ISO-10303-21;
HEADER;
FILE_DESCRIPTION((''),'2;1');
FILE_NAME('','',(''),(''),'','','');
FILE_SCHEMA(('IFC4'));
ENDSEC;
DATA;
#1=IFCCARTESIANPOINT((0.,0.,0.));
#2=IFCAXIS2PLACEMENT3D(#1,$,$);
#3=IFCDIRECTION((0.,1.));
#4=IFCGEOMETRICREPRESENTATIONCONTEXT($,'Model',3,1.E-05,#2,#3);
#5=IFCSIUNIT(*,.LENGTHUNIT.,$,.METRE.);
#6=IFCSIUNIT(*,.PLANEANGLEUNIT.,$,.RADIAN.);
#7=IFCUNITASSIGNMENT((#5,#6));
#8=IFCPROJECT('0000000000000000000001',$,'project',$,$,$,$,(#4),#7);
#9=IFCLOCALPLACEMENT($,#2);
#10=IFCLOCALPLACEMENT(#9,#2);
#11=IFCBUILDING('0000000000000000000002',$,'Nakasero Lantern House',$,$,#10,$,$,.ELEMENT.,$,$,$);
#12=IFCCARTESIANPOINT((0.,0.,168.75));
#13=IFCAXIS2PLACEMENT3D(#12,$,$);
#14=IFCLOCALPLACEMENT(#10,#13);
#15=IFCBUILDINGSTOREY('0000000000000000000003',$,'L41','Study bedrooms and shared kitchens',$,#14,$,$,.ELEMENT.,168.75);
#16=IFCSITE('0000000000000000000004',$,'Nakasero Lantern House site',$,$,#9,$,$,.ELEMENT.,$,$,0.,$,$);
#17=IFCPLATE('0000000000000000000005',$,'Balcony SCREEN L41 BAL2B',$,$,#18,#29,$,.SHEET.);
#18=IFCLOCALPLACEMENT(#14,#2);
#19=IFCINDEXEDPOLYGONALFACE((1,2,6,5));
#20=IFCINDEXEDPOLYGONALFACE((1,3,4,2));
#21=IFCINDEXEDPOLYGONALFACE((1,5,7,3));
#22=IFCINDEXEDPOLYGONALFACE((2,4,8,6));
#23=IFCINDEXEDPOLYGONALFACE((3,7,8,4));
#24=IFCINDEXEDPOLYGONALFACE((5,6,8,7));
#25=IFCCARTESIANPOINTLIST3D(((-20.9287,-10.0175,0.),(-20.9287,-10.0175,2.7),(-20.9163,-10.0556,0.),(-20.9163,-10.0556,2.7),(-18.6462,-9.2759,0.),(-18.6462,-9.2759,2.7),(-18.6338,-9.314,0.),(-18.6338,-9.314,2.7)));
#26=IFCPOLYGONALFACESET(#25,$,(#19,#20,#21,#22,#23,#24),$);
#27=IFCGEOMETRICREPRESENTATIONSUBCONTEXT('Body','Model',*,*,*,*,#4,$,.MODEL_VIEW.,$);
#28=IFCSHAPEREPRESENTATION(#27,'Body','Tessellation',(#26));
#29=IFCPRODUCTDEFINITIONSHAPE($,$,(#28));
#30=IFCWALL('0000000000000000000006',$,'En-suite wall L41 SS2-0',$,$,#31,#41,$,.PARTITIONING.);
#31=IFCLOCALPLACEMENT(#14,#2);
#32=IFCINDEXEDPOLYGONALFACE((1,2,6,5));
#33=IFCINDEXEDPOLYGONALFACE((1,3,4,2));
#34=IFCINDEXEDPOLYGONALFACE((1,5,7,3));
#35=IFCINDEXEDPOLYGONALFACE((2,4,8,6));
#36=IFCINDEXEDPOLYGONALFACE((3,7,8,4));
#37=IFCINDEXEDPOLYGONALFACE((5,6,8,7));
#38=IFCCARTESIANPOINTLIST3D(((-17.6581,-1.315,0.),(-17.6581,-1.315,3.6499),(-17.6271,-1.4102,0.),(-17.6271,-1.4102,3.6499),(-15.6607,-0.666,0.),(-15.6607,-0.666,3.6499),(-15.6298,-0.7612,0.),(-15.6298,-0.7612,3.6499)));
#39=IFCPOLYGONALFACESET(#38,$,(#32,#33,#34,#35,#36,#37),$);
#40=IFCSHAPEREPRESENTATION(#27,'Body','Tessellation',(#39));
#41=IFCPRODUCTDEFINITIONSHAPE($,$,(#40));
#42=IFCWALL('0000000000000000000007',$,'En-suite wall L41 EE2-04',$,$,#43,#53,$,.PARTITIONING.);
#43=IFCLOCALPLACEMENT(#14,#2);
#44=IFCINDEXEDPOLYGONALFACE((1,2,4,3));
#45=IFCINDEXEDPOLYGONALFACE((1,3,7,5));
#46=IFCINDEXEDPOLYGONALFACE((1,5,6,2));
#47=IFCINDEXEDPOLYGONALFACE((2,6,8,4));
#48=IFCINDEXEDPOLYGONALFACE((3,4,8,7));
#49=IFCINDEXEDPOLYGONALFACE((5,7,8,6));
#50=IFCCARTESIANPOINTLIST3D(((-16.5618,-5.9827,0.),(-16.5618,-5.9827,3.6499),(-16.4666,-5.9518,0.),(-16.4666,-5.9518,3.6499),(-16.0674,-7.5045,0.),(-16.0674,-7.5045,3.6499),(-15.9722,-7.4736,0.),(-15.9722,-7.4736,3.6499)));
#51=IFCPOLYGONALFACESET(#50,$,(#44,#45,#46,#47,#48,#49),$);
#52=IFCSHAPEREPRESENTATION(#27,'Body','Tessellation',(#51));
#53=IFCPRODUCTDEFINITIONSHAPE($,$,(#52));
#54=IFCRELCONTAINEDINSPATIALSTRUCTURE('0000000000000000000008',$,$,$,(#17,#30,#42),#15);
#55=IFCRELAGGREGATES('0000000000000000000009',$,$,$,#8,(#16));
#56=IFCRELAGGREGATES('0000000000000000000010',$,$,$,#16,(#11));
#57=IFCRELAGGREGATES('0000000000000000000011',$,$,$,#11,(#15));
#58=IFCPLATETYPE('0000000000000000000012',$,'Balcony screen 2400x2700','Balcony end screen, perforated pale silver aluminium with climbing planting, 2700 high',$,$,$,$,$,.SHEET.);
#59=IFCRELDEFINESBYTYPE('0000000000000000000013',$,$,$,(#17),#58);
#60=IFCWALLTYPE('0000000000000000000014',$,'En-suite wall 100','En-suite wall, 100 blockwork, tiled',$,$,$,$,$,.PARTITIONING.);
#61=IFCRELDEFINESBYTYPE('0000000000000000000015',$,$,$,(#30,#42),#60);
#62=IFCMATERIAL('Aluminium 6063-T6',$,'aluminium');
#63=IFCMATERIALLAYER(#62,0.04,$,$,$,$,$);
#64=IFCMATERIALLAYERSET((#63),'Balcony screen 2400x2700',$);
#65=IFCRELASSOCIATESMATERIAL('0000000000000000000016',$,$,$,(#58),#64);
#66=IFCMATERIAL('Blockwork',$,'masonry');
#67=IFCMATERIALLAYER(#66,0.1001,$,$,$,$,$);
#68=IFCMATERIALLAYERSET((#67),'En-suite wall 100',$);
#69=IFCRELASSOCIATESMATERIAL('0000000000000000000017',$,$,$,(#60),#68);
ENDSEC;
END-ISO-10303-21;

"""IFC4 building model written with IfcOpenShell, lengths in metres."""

from ifc_helpers import new_model, si_unit, direction, frame, frame_2d, origin, origin_2d, place, context, subcontext, project, spatial, rectangle, extrude, material, layer, layer_set, type_object, element, save


model = new_model("IFC4")

# Units and contexts
model_context = context("Model", 3, precision=1e-05, world=origin(), true_north=direction((0.0, 1.0)))
body_context = subcontext(model_context, "Body", "Model", "MODEL_VIEW")
ifc_project = project(units=[si_unit("LENGTHUNIT", "METRE"), si_unit("PLANEANGLEUNIT", "RADIAN")], contexts=[model_context])

# Site, building, storey
site_placement = place(None, origin())
site = spatial("IfcSite", under=ifc_project, at=site_placement, Name="Nakasero Lantern House site", CompositionType="ELEMENT", RefElevation=0.0)
building_placement = place(site_placement, origin())
building = spatial("IfcBuilding", under=site, at=building_placement, Name="Nakasero Lantern House", CompositionType="ELEMENT")
storey_placement = place(building_placement, frame((0.0, 0.0, 168.75)))
storey = spatial("IfcBuildingStorey", under=building, at=storey_placement, Name="L41", Description="Study bedrooms and shared kitchens", CompositionType="ELEMENT", Elevation=168.75)

# Plate
ifc_material_1 = material(Name="Aluminium 6063-T6", Category="aluminium")
ifc_layer_1 = layer(ifc_material_1, 0.04)
ifc_layer_set_1 = layer_set([ifc_layer_1], Name="Balcony screen 2400x2700")
plate_type_1 = type_object("IfcPlateType", Name="Balcony screen 2400x2700", Description="Balcony end screen, perforated pale silver aluminium with climbing planting, 2700 high", PredefinedType="SHEET", material=ifc_layer_set_1)
for number, where, z_axis, x_axis, name in (
    (1, (-19.7812, -9.6658, 0.0), (0.0, 0.0, 1.0), (-0.951057, -0.309017, 0.0), "Balcony SCREEN L41 BAL2B"),
):
    element("IfcPlate", number, at=place(storey_placement, frame(where, z_axis=z_axis, x_axis=x_axis)), inside=storey, type_object=plate_type_1, Name=name, PredefinedType="SHEET", context=body_context, shape_type="SweptSolid", body=[
        extrude(rectangle(XDim=2.3999, YDim=0.04, at=origin_2d()), origin(), (0.0, 0.0, 1.0), 2.7),
    ])

# Walls
ifc_material_2 = material(Name="Blockwork", Category="masonry")
ifc_layer_2 = layer(ifc_material_2, 0.1001)
ifc_layer_set_2 = layer_set([ifc_layer_2], Name="En-suite wall 100")
wall_type = type_object("IfcWallType", Name="En-suite wall 100", Description="En-suite wall, 100 blockwork, tiled", PredefinedType="PARTITIONING", material=ifc_layer_set_2)
wall_1_placement = place(storey_placement, frame((-15.6453, -0.7136, 0.0), z_axis=(0.0, 0.0, 1.0), x_axis=(-0.951062, -0.308999, 0.0)))
element("IfcWall", 2, at=wall_1_placement, inside=storey, type_object=wall_type, Name="En-suite wall L41 SS2-0", PredefinedType="PARTITIONING", context=body_context, shape_type="SweptSolid", body=[
    extrude(rectangle(XDim=2.1001, YDim=0.1001, at=frame_2d((1.05, 0.0))), origin(), (0.0, 0.0, 1.0), 3.6499),
])
wall_2_placement = place(storey_placement, frame((-16.5142, -5.9673, 0.0), z_axis=(0.0, 0.0, 1.0), x_axis=(0.308986, -0.951067, 0.0)))
element("IfcWall", 3, at=wall_2_placement, inside=storey, type_object=wall_type, Name="En-suite wall L41 EE2-04", PredefinedType="PARTITIONING", context=body_context, shape_type="SweptSolid", body=[
    extrude(rectangle(XDim=1.6001, YDim=0.1001, at=frame_2d((0.8, 0.0))), origin(), (0.0, 0.0, 1.0), 3.6499),
])

save(model, "model.ifc")
